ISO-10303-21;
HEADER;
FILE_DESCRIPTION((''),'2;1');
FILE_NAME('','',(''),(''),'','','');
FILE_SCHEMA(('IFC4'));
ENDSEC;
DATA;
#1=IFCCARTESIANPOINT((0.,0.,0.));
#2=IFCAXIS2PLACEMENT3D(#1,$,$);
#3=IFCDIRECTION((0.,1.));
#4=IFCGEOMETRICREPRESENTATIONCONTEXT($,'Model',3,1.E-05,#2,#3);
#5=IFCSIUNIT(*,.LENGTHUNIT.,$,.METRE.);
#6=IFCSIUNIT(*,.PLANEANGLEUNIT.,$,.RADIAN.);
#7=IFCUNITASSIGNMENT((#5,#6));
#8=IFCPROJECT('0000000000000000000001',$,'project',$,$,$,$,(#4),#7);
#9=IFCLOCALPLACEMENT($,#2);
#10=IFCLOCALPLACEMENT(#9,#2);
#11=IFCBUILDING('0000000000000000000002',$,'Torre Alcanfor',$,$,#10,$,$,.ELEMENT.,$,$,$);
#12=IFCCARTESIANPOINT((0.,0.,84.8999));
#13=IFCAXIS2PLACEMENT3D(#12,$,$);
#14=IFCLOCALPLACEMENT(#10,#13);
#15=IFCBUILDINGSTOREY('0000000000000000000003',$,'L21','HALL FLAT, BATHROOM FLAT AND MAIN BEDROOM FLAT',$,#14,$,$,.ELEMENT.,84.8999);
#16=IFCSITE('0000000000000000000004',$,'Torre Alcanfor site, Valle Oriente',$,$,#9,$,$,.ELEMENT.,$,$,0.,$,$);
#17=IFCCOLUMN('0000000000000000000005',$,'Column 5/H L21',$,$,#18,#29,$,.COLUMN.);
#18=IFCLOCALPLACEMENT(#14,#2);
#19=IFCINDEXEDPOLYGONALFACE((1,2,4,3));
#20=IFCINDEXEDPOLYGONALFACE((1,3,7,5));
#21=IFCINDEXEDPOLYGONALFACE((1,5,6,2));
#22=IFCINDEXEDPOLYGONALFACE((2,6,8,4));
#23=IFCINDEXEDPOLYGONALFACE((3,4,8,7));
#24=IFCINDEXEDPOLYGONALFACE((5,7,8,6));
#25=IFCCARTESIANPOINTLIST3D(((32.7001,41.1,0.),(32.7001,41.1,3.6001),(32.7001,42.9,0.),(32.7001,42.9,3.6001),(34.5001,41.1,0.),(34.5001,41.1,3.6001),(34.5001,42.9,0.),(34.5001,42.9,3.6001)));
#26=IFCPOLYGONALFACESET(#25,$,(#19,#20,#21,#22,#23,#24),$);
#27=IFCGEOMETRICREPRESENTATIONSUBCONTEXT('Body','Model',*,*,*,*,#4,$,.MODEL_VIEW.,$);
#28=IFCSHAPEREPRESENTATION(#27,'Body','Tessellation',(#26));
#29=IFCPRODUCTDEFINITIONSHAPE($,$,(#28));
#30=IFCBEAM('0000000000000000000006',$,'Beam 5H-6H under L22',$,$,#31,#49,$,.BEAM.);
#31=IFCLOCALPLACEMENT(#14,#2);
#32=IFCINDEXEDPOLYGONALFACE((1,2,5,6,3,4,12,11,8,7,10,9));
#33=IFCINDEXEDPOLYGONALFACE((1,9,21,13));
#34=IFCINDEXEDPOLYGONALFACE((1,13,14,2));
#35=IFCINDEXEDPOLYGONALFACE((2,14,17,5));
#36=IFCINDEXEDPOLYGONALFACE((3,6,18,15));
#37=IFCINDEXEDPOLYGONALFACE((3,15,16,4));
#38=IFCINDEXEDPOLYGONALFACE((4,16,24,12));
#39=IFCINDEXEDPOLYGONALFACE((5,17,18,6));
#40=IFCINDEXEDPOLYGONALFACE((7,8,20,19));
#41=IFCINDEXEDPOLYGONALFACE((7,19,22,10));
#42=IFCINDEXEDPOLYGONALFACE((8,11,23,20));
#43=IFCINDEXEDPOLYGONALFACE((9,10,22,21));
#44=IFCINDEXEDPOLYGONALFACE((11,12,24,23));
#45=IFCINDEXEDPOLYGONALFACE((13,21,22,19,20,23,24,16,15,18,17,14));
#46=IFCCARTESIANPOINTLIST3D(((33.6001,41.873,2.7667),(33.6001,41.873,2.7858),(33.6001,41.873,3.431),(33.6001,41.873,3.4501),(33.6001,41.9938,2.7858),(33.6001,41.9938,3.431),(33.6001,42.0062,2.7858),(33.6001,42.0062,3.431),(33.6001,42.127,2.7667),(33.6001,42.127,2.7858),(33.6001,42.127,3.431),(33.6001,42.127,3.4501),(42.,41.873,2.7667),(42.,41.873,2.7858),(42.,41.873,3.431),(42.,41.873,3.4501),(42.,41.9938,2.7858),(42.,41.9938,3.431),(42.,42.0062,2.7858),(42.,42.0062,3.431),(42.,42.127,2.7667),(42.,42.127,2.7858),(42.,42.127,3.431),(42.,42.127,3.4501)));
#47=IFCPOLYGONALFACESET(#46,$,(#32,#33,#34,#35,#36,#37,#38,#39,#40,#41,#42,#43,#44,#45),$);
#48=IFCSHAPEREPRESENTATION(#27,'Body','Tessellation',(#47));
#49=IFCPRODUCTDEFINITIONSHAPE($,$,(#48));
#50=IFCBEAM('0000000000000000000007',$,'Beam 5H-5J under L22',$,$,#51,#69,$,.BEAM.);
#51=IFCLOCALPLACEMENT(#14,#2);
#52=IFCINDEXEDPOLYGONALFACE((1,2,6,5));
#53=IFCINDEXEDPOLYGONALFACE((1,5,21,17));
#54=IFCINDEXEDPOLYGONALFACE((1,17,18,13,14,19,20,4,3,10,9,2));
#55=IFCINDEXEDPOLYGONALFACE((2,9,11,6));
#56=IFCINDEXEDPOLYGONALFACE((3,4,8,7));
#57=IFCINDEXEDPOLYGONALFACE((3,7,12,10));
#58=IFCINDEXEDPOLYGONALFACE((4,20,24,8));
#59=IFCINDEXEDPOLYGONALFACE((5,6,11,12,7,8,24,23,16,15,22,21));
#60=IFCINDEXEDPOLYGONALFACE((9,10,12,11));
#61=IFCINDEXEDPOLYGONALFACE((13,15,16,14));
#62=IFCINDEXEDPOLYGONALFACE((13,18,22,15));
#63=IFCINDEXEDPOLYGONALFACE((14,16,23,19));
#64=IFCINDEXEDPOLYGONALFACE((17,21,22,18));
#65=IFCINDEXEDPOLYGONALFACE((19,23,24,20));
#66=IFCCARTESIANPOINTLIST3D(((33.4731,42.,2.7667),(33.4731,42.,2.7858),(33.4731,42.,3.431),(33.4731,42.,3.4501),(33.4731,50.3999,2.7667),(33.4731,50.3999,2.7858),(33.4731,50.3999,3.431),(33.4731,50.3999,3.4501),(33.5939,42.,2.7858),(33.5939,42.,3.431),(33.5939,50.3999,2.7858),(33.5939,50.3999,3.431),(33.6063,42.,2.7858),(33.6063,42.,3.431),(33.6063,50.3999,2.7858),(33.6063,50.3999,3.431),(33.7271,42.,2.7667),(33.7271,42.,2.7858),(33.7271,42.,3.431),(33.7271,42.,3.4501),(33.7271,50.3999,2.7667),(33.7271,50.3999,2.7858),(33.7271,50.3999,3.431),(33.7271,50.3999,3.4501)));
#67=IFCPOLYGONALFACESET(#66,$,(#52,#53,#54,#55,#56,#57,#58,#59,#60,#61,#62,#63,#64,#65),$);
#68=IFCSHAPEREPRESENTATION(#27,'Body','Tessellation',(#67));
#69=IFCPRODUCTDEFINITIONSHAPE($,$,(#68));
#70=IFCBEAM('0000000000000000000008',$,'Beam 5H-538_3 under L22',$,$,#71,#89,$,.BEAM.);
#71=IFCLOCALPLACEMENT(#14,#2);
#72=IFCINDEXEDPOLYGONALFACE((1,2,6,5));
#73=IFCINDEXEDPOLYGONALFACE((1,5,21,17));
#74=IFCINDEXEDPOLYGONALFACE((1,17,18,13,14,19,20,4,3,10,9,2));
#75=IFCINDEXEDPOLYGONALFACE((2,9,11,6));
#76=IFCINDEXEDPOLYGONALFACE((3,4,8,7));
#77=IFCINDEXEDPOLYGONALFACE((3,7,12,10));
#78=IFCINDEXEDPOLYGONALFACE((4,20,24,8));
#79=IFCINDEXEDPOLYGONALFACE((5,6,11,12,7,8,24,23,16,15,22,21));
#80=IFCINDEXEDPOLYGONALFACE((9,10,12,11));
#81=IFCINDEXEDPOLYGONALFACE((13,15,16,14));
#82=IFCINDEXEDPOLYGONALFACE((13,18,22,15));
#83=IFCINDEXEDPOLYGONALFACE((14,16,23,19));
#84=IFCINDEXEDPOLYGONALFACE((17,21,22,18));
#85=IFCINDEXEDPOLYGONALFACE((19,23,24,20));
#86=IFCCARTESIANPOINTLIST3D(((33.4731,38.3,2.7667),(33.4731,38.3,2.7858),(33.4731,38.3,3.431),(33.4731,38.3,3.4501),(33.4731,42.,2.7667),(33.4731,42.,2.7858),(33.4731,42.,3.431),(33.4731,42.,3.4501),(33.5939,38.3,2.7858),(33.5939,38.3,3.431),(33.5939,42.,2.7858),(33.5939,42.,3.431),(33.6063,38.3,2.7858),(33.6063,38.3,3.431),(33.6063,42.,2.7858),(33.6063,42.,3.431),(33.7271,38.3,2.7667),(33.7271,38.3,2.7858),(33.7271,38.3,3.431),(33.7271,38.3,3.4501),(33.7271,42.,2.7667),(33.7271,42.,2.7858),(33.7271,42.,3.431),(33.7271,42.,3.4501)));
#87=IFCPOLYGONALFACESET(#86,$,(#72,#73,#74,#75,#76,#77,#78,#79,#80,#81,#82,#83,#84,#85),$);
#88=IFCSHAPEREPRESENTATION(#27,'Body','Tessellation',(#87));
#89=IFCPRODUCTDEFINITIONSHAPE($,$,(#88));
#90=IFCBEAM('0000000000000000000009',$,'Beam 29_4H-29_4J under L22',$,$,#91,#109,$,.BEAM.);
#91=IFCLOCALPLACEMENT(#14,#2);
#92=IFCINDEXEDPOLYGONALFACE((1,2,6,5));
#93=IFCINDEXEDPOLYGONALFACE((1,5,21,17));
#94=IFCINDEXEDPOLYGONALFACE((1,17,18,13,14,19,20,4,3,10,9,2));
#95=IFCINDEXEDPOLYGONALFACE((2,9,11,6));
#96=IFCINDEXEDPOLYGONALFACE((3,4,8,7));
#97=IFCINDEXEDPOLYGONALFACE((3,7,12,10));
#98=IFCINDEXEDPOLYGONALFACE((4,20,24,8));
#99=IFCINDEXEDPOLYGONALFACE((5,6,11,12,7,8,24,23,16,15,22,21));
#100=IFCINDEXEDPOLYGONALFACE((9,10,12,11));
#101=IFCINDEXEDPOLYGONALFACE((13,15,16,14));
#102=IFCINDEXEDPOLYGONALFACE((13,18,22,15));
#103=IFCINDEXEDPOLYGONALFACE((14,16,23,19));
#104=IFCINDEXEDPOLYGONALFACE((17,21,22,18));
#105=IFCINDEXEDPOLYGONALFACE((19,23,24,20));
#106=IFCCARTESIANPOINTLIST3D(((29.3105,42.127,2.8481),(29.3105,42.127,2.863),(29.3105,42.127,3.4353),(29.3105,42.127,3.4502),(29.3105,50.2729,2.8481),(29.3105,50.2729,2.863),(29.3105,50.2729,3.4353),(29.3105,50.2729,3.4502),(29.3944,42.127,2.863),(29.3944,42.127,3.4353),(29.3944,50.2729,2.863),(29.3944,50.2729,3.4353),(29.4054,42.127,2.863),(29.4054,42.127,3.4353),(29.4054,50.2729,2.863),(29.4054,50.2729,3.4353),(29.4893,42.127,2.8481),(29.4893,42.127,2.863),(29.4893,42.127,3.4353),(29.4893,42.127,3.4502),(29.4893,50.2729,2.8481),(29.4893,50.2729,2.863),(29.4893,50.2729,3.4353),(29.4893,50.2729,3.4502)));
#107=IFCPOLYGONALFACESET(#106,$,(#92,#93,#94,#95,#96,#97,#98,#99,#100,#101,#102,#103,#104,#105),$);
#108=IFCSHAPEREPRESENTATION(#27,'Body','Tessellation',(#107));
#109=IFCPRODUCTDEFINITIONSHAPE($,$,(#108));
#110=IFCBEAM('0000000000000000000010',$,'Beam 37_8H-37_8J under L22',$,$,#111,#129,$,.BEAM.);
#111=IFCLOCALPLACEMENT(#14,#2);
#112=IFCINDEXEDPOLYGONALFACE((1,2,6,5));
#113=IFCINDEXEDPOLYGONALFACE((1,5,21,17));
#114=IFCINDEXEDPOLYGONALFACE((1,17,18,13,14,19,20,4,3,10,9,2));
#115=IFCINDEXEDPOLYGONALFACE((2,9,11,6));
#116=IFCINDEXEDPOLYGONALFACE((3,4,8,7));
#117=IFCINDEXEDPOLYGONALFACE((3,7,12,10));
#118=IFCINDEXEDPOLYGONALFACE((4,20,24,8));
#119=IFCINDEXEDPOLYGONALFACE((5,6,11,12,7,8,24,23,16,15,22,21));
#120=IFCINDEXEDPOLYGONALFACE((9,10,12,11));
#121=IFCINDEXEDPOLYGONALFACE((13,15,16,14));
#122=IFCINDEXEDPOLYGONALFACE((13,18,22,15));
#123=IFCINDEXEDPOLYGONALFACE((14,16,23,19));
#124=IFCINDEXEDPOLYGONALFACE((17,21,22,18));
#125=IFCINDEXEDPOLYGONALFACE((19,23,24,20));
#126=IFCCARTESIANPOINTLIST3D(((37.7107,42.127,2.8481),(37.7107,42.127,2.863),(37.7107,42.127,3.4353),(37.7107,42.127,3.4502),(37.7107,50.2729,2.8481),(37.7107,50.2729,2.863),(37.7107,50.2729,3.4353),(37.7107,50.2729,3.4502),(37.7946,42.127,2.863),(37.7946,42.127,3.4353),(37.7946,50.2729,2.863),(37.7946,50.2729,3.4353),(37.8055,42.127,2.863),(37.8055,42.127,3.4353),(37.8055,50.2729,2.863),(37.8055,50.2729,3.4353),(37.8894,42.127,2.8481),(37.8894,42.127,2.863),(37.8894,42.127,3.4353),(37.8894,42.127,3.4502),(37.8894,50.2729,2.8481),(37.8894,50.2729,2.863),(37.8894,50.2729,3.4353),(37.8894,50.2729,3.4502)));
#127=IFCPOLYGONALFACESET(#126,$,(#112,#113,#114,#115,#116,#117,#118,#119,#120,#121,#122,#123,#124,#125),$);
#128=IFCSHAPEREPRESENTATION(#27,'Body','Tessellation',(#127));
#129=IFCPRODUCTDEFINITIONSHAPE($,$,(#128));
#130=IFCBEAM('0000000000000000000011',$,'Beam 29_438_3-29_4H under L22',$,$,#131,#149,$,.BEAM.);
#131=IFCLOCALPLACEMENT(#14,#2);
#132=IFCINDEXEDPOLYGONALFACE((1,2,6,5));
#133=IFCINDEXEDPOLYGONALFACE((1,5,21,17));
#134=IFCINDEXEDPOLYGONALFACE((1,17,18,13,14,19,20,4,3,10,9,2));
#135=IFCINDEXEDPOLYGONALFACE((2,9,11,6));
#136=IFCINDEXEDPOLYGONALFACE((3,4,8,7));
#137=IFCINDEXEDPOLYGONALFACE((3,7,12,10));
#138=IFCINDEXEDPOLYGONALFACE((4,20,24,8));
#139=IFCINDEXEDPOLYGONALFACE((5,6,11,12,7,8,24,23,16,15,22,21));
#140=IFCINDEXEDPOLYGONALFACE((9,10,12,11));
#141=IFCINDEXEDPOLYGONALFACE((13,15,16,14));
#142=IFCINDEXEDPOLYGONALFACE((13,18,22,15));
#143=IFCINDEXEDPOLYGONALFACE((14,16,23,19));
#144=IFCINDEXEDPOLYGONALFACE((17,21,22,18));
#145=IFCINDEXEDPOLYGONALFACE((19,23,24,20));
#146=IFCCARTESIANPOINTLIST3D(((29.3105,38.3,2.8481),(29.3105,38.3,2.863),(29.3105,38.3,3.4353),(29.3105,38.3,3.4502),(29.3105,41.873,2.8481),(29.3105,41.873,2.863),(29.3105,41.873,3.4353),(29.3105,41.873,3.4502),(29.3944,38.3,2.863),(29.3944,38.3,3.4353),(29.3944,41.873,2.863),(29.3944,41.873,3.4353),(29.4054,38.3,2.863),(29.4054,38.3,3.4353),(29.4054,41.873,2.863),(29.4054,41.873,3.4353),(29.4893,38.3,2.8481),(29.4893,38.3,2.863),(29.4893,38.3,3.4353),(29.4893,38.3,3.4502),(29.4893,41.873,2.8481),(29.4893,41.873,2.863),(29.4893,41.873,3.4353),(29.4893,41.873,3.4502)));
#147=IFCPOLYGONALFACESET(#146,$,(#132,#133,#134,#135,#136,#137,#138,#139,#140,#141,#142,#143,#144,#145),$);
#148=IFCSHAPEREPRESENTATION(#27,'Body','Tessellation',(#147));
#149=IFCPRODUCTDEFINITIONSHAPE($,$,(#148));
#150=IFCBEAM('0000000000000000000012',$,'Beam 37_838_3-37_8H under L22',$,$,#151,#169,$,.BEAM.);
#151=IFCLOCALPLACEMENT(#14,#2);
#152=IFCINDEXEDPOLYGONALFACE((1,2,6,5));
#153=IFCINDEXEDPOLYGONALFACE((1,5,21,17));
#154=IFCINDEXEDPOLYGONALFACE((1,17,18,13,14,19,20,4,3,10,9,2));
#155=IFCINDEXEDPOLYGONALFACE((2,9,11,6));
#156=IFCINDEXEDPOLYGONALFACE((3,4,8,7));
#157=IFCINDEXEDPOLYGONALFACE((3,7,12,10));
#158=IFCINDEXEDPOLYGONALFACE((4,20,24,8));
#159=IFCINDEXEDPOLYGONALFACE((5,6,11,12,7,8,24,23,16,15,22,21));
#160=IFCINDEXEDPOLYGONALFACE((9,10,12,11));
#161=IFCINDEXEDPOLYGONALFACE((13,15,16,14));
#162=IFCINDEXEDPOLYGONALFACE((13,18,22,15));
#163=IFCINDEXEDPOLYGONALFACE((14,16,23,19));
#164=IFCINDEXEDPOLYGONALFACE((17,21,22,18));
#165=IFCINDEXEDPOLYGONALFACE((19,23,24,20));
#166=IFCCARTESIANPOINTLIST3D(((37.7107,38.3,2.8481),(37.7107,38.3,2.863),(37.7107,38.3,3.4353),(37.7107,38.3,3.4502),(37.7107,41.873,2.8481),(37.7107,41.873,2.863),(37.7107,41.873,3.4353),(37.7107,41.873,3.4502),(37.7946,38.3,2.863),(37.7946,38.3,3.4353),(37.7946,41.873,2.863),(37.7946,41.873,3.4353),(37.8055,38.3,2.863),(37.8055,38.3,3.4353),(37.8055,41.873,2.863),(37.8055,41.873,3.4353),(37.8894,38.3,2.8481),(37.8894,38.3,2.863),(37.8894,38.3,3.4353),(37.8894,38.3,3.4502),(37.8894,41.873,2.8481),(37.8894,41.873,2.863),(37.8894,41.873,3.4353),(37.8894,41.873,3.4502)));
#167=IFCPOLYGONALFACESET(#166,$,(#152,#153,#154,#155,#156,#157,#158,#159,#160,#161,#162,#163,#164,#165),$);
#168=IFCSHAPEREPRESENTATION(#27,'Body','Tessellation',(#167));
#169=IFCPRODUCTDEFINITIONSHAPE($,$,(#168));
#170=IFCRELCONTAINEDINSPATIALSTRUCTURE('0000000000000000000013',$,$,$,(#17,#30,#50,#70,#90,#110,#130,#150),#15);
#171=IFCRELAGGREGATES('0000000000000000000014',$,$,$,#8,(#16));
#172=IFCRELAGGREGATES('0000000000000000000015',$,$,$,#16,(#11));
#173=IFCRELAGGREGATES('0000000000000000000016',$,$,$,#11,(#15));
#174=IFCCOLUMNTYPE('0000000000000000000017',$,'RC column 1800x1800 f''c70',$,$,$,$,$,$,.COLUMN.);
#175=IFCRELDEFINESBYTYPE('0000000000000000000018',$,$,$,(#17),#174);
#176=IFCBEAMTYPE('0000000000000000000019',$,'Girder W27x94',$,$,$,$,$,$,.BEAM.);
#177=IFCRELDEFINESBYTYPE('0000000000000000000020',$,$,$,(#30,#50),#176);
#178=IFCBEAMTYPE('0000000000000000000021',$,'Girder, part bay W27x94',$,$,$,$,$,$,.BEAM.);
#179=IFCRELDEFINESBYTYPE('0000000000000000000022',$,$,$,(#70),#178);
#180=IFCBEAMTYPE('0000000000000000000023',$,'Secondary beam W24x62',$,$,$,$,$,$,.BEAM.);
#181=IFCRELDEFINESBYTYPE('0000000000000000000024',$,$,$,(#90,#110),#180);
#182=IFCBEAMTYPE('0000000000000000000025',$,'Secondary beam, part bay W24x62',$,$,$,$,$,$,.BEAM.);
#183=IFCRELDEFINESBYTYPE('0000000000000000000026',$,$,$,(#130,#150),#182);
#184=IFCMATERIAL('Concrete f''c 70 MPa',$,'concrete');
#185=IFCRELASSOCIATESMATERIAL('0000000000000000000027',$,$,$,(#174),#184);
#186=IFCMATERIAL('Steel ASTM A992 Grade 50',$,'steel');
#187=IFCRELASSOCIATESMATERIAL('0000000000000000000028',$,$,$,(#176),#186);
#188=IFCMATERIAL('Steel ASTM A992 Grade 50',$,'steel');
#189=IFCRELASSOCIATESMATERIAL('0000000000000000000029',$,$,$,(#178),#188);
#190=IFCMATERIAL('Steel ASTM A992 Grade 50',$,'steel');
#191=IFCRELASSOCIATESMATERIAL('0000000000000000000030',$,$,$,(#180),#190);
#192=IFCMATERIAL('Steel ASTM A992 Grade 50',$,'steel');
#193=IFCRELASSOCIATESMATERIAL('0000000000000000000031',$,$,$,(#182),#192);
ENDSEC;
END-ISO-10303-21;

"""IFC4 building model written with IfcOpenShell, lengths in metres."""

from ifc_helpers import new_model, si_unit, direction, frame, origin, origin_2d, place, context, subcontext, project, spatial, rectangle, i_section, extrude, material, material_profile, profile_set, type_object, element, save


model = new_model("IFC4")

# Units and contexts
model_context = context("Model", 3, precision=1e-05, world=origin(), true_north=direction((0.0, 1.0)))
body_context = subcontext(model_context, "Body", "Model", "MODEL_VIEW")
ifc_project = project(units=[si_unit("LENGTHUNIT", "METRE"), si_unit("PLANEANGLEUNIT", "RADIAN")], contexts=[model_context])

# Site, building, storey
site_placement = place(None, origin())
site = spatial("IfcSite", under=ifc_project, at=site_placement, Name="Torre Alcanfor site, Valle Oriente", CompositionType="ELEMENT", RefElevation=0.0)
building_placement = place(site_placement, origin())
building = spatial("IfcBuilding", under=site, at=building_placement, Name="Torre Alcanfor", CompositionType="ELEMENT")
storey_placement = place(building_placement, frame((0.0, 0.0, 84.8999)))
storey = spatial("IfcBuildingStorey", under=building, at=storey_placement, Name="L21", Description="HALL FLAT, BATHROOM FLAT AND MAIN BEDROOM FLAT", CompositionType="ELEMENT", Elevation=84.8999)

# Column
ifc_material_1 = material(Name="Concrete f'c 70 MPa", Category="concrete")
ifc_material_profile_1 = material_profile(ifc_material_1, rectangle(XDim=1.8, YDim=1.8, at=origin_2d()), Name="1800x1800")
ifc_profile_set_1 = profile_set([ifc_material_profile_1], Name="Concrete f'c 70 MPa")
column_type = type_object("IfcColumnType", Name="RC column 1800x1800 f'c70", PredefinedType="COLUMN", material=ifc_profile_set_1)
column_placement = place(storey_placement, frame((33.6001, 42.0, 0.0), z_axis=(0.0, 0.0, 1.0), x_axis=(1.0, 0.0, 0.0)))
element("IfcColumn", 1, at=column_placement, inside=storey, type_object=column_type, Name="Column 5/H L21", PredefinedType="COLUMN", context=body_context, shape_type="SweptSolid", body=[
    extrude(rectangle(XDim=1.8, YDim=1.8, at=origin_2d()), origin(), (0.0, 0.0, 1.0), 3.6001),
])

# Beams
ifc_material_2 = material(Name="Steel ASTM A992 Grade 50", Category="steel")
ifc_material_profile_2 = material_profile(ifc_material_2, i_section(OverallWidth=0.2539, OverallDepth=0.6833, WebThickness=0.0125, FlangeThickness=0.019, at=origin_2d()), Name="W27x94")
ifc_profile_set_2 = profile_set([ifc_material_profile_2], Name="Steel ASTM A992 Grade 50")
beam_type_1 = type_object("IfcBeamType", Name="Girder W27x94", PredefinedType="BEAM", material=ifc_profile_set_2)
for number, where, z_axis, x_axis, name in (
    (2, (33.6001, 42.0, 3.1084), (1.0, 0.0, 0.0), (0.0, 1.0, 0.0), "Beam 5H-6H under L22"),
    (3, (33.6001, 42.0, 3.1084), (0.0, 1.0, 0.0), (-1.0, 0.0, 0.0), "Beam 5H-5J under L22"),
):
    element("IfcBeam", number, at=place(storey_placement, frame(where, z_axis=z_axis, x_axis=x_axis)), inside=storey, type_object=beam_type_1, Name=name, PredefinedType="BEAM", context=body_context, shape_type="SweptSolid", body=[
        extrude(i_section(OverallWidth=0.2539, OverallDepth=0.6833, WebThickness=0.0125, FlangeThickness=0.019, at=origin_2d()), origin(), (0.0, 0.0, 1.0), 8.3999),
    ])
ifc_material_3 = material(Name="Steel ASTM A992 Grade 50", Category="steel")
ifc_material_profile_3 = material_profile(ifc_material_3, i_section(OverallWidth=0.2539, OverallDepth=0.6833, WebThickness=0.0125, FlangeThickness=0.019, at=origin_2d()), Name="W27x94")
ifc_profile_set_3 = profile_set([ifc_material_profile_3], Name="Steel ASTM A992 Grade 50")
beam_type_2 = type_object("IfcBeamType", Name="Girder, part bay W27x94", PredefinedType="BEAM", material=ifc_profile_set_3)
beam_1_placement = place(storey_placement, frame((33.6001, 42.0, 3.1084), z_axis=(0.0, -1.0, 0.0), x_axis=(1.0, 0.0, 0.0)))
element("IfcBeam", 4, at=beam_1_placement, inside=storey, type_object=beam_type_2, Name="Beam 5H-538_3 under L22", PredefinedType="BEAM", context=body_context, shape_type="SweptSolid", body=[
    extrude(i_section(OverallWidth=0.2539, OverallDepth=0.6833, WebThickness=0.0125, FlangeThickness=0.019, at=origin_2d()), origin(), (0.0, 0.0, 1.0), 3.7),
])
ifc_material_4 = material(Name="Steel ASTM A992 Grade 50", Category="steel")
ifc_material_profile_4 = material_profile(ifc_material_4, i_section(OverallWidth=0.1787, OverallDepth=0.6021, WebThickness=0.011, FlangeThickness=0.0149, at=origin_2d()), Name="W24x62")
ifc_profile_set_4 = profile_set([ifc_material_profile_4], Name="Steel ASTM A992 Grade 50")
beam_type_3 = type_object("IfcBeamType", Name="Secondary beam W24x62", PredefinedType="BEAM", material=ifc_profile_set_4)
for number, where, z_axis, x_axis, name in (
    (5, (29.3999, 42.127, 3.1492), (0.0, 1.0, 0.0), (-1.0, 0.0, 0.0), "Beam 29_4H-29_4J under L22"),
    (6, (37.8, 42.127, 3.1492), (0.0, 1.0, 0.0), (-1.0, 0.0, 0.0), "Beam 37_8H-37_8J under L22"),
):
    element("IfcBeam", number, at=place(storey_placement, frame(where, z_axis=z_axis, x_axis=x_axis)), inside=storey, type_object=beam_type_3, Name=name, PredefinedType="BEAM", context=body_context, shape_type="SweptSolid", body=[
        extrude(i_section(OverallWidth=0.1787, OverallDepth=0.6021, WebThickness=0.011, FlangeThickness=0.0149, at=origin_2d()), origin(), (0.0, 0.0, 1.0), 8.146),
    ])
ifc_material_5 = material(Name="Steel ASTM A992 Grade 50", Category="steel")
ifc_material_profile_5 = material_profile(ifc_material_5, i_section(OverallWidth=0.1787, OverallDepth=0.6021, WebThickness=0.011, FlangeThickness=0.0149, at=origin_2d()), Name="W24x62")
ifc_profile_set_5 = profile_set([ifc_material_profile_5], Name="Steel ASTM A992 Grade 50")
beam_type_4 = type_object("IfcBeamType", Name="Secondary beam, part bay W24x62", PredefinedType="BEAM", material=ifc_profile_set_5)
for number, where, z_axis, x_axis, name in (
    (7, (29.3999, 38.3, 3.1492), (0.0, 1.0, 0.0), (-1.0, 0.0, 0.0), "Beam 29_438_3-29_4H under L22"),
    (8, (37.8, 38.3, 3.1492), (0.0, 1.0, 0.0), (-1.0, 0.0, 0.0), "Beam 37_838_3-37_8H under L22"),
):
    element("IfcBeam", number, at=place(storey_placement, frame(where, z_axis=z_axis, x_axis=x_axis)), inside=storey, type_object=beam_type_4, Name=name, PredefinedType="BEAM", context=body_context, shape_type="SweptSolid", body=[
        extrude(i_section(OverallWidth=0.1787, OverallDepth=0.6021, WebThickness=0.011, FlangeThickness=0.0149, at=origin_2d()), origin(), (0.0, 0.0, 1.0), 3.573),
    ])

save(model, "model.ifc")
